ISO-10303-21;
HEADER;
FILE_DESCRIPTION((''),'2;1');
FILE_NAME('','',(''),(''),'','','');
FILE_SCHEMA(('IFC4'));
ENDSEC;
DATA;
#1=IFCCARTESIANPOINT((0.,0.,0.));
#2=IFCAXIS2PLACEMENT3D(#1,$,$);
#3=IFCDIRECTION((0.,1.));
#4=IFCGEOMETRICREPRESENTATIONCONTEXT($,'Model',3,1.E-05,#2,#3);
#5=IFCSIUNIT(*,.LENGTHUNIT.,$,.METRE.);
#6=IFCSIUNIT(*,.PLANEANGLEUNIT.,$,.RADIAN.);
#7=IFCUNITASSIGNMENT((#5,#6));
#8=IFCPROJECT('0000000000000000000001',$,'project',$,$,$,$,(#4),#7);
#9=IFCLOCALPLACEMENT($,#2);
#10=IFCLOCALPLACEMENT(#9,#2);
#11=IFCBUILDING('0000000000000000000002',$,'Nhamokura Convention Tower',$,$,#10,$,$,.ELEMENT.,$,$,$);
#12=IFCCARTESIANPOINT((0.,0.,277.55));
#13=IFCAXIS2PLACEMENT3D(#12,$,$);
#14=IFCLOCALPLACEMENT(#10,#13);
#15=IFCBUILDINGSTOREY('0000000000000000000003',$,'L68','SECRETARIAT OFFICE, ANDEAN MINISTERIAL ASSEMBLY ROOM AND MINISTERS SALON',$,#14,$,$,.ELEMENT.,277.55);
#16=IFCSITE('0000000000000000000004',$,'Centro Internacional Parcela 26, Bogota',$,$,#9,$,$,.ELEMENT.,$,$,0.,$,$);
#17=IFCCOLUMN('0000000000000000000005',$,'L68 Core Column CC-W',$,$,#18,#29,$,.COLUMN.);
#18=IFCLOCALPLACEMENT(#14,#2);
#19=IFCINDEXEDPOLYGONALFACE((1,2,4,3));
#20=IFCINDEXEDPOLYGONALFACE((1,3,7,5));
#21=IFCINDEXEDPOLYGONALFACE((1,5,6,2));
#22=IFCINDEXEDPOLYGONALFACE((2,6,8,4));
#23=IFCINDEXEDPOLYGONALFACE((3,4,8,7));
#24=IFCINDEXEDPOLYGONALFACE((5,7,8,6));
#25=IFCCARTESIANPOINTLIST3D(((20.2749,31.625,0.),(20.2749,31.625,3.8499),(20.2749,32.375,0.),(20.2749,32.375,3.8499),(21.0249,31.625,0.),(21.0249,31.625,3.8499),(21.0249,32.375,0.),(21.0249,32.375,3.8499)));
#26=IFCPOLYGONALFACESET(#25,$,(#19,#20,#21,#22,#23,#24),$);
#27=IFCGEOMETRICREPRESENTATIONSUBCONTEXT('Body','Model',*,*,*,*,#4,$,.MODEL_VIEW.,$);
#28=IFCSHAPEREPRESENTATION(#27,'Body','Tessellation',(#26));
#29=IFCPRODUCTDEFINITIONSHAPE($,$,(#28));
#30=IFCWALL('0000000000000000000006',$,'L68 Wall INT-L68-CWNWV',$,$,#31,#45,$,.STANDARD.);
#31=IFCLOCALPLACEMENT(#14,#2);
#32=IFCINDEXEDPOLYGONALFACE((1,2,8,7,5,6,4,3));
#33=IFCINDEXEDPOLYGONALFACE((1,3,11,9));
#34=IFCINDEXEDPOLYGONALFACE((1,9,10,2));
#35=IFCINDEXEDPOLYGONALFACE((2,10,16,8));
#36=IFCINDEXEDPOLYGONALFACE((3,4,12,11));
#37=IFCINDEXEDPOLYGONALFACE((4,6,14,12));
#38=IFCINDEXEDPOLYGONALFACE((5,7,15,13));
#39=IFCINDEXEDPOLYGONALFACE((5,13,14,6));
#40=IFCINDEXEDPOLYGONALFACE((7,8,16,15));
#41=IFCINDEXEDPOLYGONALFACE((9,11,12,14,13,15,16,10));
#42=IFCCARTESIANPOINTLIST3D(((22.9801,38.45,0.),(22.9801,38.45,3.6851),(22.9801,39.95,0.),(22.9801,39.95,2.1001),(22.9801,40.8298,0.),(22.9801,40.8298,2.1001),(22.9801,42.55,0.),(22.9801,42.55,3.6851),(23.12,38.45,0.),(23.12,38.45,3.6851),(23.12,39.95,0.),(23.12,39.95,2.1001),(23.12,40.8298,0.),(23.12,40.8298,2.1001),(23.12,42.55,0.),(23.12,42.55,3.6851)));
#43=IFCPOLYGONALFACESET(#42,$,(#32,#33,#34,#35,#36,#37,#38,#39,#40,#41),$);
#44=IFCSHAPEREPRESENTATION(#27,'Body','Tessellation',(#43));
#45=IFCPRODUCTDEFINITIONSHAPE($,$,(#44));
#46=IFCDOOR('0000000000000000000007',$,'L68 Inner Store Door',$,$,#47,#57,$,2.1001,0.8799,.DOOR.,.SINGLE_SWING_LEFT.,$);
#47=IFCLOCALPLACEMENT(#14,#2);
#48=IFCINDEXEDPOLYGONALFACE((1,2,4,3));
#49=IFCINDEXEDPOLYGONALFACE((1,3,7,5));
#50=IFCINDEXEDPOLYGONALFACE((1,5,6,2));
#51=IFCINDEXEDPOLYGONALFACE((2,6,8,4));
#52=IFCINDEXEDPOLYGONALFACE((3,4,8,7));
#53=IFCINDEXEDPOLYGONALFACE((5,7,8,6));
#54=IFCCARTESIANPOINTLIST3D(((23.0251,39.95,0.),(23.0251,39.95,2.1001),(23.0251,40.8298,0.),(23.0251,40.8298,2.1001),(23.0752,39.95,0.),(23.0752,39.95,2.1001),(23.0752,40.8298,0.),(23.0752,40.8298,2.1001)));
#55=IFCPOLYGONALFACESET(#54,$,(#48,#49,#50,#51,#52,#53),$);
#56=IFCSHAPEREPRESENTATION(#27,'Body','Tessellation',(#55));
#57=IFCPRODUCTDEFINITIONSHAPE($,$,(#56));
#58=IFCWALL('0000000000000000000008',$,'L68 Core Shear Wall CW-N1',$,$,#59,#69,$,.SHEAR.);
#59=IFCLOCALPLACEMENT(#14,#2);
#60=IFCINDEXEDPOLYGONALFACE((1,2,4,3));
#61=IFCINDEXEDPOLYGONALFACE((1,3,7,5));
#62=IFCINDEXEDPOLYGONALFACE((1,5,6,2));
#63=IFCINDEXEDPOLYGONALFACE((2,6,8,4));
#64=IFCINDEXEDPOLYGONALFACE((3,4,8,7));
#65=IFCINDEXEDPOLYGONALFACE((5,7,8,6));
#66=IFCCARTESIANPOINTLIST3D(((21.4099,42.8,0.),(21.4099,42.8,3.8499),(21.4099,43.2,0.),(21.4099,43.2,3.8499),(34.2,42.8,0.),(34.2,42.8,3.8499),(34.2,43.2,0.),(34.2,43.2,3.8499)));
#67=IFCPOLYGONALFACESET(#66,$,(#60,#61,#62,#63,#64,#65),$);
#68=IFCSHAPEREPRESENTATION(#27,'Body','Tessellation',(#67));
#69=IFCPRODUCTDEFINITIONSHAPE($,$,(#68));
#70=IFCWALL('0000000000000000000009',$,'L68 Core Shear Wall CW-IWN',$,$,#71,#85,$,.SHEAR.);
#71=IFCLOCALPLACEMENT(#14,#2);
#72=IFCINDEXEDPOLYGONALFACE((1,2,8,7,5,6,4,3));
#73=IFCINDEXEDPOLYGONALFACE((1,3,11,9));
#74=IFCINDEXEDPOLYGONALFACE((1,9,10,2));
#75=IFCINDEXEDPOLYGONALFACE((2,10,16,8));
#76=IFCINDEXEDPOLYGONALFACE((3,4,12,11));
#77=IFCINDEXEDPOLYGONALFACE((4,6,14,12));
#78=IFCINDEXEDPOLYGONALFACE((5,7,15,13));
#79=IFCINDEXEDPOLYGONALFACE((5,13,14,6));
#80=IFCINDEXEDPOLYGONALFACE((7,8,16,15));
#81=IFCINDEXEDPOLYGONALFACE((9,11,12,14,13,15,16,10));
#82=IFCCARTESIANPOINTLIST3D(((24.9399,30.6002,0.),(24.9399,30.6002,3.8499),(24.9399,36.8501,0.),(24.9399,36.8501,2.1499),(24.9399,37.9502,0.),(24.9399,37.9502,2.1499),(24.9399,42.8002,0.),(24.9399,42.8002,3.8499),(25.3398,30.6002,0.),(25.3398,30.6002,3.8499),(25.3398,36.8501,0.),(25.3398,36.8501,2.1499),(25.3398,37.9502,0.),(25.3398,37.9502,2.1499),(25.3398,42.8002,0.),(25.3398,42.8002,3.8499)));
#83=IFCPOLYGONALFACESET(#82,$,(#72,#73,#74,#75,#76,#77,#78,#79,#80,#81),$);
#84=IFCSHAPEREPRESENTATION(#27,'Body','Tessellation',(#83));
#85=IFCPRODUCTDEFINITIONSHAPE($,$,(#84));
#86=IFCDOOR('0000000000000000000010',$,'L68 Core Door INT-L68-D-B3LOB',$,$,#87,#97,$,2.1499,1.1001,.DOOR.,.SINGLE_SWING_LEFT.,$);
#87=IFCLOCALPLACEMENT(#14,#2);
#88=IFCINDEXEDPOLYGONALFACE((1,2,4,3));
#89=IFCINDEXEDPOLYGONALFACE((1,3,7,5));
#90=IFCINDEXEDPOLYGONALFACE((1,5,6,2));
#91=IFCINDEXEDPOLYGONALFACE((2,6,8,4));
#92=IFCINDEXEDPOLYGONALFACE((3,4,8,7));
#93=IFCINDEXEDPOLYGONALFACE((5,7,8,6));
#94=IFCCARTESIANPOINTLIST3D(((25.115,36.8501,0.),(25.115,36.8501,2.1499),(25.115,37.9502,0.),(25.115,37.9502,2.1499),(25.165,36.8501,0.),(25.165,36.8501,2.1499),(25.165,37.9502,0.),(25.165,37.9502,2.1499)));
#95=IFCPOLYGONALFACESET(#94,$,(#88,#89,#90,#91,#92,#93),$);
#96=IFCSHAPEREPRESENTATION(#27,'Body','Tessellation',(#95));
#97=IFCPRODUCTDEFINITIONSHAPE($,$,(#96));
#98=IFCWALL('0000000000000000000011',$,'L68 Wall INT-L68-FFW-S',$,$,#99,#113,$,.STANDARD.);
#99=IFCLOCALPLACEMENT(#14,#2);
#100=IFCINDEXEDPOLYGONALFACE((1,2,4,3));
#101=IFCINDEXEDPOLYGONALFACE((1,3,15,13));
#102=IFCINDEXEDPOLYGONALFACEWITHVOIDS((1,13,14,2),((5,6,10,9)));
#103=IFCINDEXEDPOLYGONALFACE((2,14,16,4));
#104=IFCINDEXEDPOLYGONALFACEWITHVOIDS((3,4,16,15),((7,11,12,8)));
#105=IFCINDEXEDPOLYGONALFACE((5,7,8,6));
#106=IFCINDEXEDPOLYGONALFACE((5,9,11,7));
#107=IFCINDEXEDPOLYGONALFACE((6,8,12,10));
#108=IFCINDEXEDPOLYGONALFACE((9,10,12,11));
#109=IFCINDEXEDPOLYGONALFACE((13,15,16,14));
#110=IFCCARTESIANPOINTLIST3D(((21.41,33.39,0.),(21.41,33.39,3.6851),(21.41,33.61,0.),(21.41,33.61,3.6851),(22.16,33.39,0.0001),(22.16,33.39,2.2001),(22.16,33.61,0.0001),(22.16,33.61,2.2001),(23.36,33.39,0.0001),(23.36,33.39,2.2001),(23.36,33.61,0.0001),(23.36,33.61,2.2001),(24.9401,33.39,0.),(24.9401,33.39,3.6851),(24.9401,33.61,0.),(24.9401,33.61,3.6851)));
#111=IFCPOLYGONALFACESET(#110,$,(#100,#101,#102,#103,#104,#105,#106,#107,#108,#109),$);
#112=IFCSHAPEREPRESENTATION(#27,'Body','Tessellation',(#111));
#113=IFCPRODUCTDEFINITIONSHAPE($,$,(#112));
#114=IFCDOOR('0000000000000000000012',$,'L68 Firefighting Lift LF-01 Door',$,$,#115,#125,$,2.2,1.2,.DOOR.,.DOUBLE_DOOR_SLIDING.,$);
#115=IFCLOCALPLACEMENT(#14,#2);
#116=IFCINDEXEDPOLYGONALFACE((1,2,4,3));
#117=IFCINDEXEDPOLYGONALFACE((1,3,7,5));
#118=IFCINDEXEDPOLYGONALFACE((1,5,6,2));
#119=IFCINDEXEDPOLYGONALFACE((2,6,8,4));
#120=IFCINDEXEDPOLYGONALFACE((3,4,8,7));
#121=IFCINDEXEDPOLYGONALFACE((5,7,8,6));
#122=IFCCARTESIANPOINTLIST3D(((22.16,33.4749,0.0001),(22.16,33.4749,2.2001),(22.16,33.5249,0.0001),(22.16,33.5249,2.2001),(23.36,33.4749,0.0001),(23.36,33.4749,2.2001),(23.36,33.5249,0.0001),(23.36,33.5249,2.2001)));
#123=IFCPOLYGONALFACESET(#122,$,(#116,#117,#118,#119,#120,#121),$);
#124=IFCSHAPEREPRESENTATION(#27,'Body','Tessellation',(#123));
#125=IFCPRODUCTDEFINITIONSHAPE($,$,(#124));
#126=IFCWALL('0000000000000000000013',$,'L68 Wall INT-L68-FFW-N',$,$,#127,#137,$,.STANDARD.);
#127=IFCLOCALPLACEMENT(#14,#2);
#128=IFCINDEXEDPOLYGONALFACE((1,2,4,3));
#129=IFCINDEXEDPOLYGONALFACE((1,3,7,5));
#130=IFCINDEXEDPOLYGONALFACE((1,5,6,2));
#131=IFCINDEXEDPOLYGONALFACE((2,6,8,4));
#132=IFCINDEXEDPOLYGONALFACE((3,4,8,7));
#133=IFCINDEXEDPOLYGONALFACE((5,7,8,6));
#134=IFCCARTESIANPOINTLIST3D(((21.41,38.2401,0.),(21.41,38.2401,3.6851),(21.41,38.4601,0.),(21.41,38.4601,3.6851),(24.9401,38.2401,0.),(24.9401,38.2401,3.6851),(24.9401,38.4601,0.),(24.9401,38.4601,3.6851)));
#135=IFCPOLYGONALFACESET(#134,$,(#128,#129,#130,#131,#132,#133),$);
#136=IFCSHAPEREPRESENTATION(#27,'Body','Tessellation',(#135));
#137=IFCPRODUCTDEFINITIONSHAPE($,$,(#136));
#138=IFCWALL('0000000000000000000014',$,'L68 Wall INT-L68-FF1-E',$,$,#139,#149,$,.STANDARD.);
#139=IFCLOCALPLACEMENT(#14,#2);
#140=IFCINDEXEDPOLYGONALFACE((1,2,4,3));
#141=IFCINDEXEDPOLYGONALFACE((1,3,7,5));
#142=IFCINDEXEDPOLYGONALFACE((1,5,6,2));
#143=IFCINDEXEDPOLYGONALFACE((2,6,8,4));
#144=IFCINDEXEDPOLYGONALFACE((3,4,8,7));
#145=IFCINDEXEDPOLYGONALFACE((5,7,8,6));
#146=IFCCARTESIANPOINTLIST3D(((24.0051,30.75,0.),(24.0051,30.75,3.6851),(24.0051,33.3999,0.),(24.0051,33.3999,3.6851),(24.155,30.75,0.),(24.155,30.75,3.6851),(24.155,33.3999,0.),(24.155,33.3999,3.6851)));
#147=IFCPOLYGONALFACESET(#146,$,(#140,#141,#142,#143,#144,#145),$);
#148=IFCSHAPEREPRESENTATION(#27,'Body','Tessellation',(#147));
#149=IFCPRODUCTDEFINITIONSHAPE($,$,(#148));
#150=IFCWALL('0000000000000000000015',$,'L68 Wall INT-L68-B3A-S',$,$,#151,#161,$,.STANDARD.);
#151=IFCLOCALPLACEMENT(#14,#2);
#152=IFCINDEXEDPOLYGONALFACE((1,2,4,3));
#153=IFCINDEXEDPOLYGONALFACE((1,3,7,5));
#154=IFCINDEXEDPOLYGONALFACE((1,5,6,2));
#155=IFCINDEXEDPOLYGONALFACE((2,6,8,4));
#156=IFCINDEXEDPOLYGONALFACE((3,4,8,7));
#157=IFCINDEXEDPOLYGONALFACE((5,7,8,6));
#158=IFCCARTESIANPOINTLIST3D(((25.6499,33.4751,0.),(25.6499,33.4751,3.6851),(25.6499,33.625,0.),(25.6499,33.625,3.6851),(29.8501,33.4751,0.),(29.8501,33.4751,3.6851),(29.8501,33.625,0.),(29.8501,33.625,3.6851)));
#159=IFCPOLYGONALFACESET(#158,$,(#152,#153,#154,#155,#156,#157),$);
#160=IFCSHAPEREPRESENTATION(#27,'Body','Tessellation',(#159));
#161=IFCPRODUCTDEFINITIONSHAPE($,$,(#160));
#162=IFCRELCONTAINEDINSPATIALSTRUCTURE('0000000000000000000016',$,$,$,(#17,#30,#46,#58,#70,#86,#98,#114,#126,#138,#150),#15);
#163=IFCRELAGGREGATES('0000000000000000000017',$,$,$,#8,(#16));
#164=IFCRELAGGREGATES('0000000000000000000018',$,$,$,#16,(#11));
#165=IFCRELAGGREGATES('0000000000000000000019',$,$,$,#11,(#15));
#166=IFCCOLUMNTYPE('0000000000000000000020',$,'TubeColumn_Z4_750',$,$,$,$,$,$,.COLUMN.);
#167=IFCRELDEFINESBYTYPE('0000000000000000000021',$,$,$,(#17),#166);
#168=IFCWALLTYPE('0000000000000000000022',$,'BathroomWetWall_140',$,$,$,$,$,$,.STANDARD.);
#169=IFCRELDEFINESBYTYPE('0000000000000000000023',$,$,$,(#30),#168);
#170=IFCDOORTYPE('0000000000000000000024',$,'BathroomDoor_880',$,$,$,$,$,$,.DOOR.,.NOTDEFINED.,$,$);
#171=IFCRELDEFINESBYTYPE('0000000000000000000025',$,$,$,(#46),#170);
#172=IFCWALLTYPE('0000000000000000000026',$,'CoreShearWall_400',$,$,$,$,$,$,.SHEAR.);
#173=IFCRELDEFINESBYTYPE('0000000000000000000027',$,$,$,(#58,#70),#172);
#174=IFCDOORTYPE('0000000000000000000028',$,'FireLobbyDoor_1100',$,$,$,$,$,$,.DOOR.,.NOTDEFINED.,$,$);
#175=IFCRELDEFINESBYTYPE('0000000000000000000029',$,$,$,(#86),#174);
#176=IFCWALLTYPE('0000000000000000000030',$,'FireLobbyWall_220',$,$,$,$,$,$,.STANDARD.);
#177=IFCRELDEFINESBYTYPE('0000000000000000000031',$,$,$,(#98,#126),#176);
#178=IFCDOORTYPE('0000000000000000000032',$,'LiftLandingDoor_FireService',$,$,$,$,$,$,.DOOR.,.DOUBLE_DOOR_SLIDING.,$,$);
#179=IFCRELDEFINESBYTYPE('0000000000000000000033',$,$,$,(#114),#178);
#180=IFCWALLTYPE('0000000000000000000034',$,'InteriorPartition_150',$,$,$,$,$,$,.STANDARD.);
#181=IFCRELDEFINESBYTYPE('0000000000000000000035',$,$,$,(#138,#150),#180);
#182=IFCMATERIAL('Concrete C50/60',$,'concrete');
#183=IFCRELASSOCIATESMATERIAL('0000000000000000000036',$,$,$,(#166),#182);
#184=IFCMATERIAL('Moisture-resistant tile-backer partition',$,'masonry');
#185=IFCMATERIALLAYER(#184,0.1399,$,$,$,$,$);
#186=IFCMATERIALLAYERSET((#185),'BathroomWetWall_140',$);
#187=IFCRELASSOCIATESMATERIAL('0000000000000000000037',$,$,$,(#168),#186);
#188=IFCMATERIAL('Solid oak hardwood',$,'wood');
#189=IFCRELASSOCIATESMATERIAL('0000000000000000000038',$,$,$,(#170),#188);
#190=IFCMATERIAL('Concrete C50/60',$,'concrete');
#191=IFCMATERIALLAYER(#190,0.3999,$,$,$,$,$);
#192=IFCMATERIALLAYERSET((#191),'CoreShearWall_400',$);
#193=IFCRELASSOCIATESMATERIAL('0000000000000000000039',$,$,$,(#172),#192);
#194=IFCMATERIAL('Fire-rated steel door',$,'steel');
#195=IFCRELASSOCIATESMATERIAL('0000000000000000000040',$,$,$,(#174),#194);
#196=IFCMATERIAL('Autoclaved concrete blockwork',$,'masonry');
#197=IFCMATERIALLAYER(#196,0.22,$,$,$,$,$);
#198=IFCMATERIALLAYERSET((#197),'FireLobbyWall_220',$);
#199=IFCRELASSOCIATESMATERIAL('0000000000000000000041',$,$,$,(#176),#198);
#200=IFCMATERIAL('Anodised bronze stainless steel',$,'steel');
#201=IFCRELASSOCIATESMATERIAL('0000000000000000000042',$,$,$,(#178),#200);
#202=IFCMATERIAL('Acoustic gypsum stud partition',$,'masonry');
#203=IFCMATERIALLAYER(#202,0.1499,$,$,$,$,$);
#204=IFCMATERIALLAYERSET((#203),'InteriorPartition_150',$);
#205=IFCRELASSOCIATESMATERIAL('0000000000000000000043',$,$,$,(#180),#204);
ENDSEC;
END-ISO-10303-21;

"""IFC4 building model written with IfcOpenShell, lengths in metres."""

from ifc_helpers import new_model, si_unit, direction, frame, frame_2d, origin, origin_2d, place, context, subcontext, project, spatial, rectangle, extrude, material, layer, layer_set, material_profile, profile_set, type_object, element, fill, save


model = new_model("IFC4")

# Units and contexts
model_context = context("Model", 3, precision=1e-05, world=origin(), true_north=direction((0.0, 1.0)))
body_context = subcontext(model_context, "Body", "Model", "MODEL_VIEW")
ifc_project = project(units=[si_unit("LENGTHUNIT", "METRE"), si_unit("PLANEANGLEUNIT", "RADIAN")], contexts=[model_context])

# Site, building, storey
site_placement = place(None, origin())
site = spatial("IfcSite", under=ifc_project, at=site_placement, Name="Centro Internacional Parcela 26, Bogota", CompositionType="ELEMENT", RefElevation=0.0)
building_placement = place(site_placement, origin())
building = spatial("IfcBuilding", under=site, at=building_placement, Name="Nhamokura Convention Tower", CompositionType="ELEMENT")
storey_placement = place(building_placement, frame((0.0, 0.0, 277.55)))
storey = spatial("IfcBuildingStorey", under=building, at=storey_placement, Name="L68", Description="SECRETARIAT OFFICE, ANDEAN MINISTERIAL ASSEMBLY ROOM AND MINISTERS SALON", CompositionType="ELEMENT", Elevation=277.55)

# Column
ifc_material_1 = material(Name="Concrete C50/60", Category="concrete")
ifc_material_profile = material_profile(ifc_material_1, rectangle(XDim=0.75, YDim=0.75, at=origin_2d()))
ifc_profile_set = profile_set([ifc_material_profile], Name="Concrete C50/60")
column_type = type_object("IfcColumnType", Name="TubeColumn_Z4_750", PredefinedType="COLUMN", material=ifc_profile_set)
column_placement = place(storey_placement, frame((20.6499, 32.0, 0.0), z_axis=(0.0, 0.0, 1.0), x_axis=(1.0, 0.0, 0.0)))
element("IfcColumn", 1, at=column_placement, inside=storey, type_object=column_type, Name="L68 Core Column CC-W", PredefinedType="COLUMN", context=body_context, shape_type="SweptSolid", body=[
    extrude(rectangle(XDim=0.75, YDim=0.75, at=origin_2d()), origin(), (0.0, 0.0, 1.0), 3.8499),
])

# Wall, opening, door
ifc_material_2 = material(Name="Moisture-resistant tile-backer partition", Category="masonry")
ifc_layer_1 = layer(ifc_material_2, 0.1399)
ifc_layer_set_1 = layer_set([ifc_layer_1], Name="BathroomWetWall_140")
wall_type_1 = type_object("IfcWallType", Name="BathroomWetWall_140", PredefinedType="STANDARD", material=ifc_layer_set_1)
wall_1_placement = place(storey_placement, frame((23.05, 38.45, 0.0), z_axis=(0.0, 0.0, 1.0), x_axis=(0.0, 1.0, 0.0)))
wall_1 = element("IfcWall", 2, at=wall_1_placement, inside=storey, type_object=wall_type_1, Name="L68 Wall INT-L68-CWNWV", PredefinedType="STANDARD", context=body_context, shape_type="SweptSolid", body=[
    extrude(rectangle(XDim=4.1001, YDim=0.1399, at=frame_2d((2.05, 0.0))), origin(), (0.0, 0.0, 1.0), 3.6851),
])
opening_1_placement = place(wall_1_placement, frame((1.5, 0.0, 0.0)))
opening_1 = element("IfcOpeningElement", 3, at=opening_1_placement, cuts=wall_1, PredefinedType="OPENING", context=body_context, shape_type="SweptSolid", body=[
    extrude(rectangle(XDim=0.8799, YDim=2.1001, at=frame_2d((0.4399, 1.05))), frame((0.0, 0.0798, 0.0), z_axis=(0.0, -1.0, 0.0), x_axis=(1.0, 0.0, 0.0)), (0.0, 0.0, 1.0), 0.1599),
])
ifc_material_3 = material(Name="Solid oak hardwood", Category="wood")
door_type_1 = type_object("IfcDoorType", Name="BathroomDoor_880", OperationType="NOTDEFINED", PredefinedType="DOOR", material=ifc_material_3)
door_1_placement = place(opening_1_placement, origin())
door_1 = element("IfcDoor", 4, at=door_1_placement, inside=storey, type_object=door_type_1, Name="L68 Inner Store Door", OperationType="SINGLE_SWING_LEFT", OverallHeight=2.1001, OverallWidth=0.8799, PredefinedType="DOOR", context=body_context, shape_type="SweptSolid", body=[
    extrude(rectangle(XDim=0.8799, YDim=2.1001, at=frame_2d((0.4399, 1.05))), frame((0.0, 0.0249, 0.0), z_axis=(0.0, -1.0, 0.0), x_axis=(1.0, 0.0, 0.0)), (0.0, 0.0, 1.0), 0.05),
])
fill(opening_1, door_1)

# Wall
ifc_material_4 = material(Name="Concrete C50/60", Category="concrete")
ifc_layer_2 = layer(ifc_material_4, 0.3999)
ifc_layer_set_2 = layer_set([ifc_layer_2], Name="CoreShearWall_400")
wall_type_2 = type_object("IfcWallType", Name="CoreShearWall_400", PredefinedType="SHEAR", material=ifc_layer_set_2)
wall_2_placement = place(storey_placement, frame((21.4099, 43.0, 0.0), z_axis=(0.0, 0.0, 1.0), x_axis=(1.0, 0.0, 0.0)))
element("IfcWall", 5, at=wall_2_placement, inside=storey, type_object=wall_type_2, Name="L68 Core Shear Wall CW-N1", PredefinedType="SHEAR", context=body_context, shape_type="SweptSolid", body=[
    extrude(rectangle(XDim=12.79, YDim=0.3999, at=frame_2d((6.395, 0.0))), origin(), (0.0, 0.0, 1.0), 3.8499),
])

# Walls, openings, doors
wall_3_placement = place(storey_placement, frame((25.1399, 30.6001, 0.0), z_axis=(0.0, 0.0, 1.0), x_axis=(0.0, 1.0, 0.0)))
wall_3 = element("IfcWall", 6, at=wall_3_placement, inside=storey, type_object=wall_type_2, Name="L68 Core Shear Wall CW-IWN", PredefinedType="SHEAR", context=body_context, shape_type="SweptSolid", body=[
    extrude(rectangle(XDim=12.2, YDim=0.3999, at=frame_2d((6.1001, 0.0))), origin(), (0.0, 0.0, 1.0), 3.8499),
])
opening_2_placement = place(wall_3_placement, frame((6.25, 0.0, 0.0)))
opening_2 = element("IfcOpeningElement", 7, at=opening_2_placement, cuts=wall_3, PredefinedType="OPENING", context=body_context, shape_type="SweptSolid", body=[
    extrude(rectangle(XDim=1.1001, YDim=2.1499, at=frame_2d((0.55, 1.075))), frame((0.0, 0.21, 0.0), z_axis=(0.0, -1.0, 0.0), x_axis=(1.0, 0.0, 0.0)), (0.0, 0.0, 1.0), 0.4199),
])
ifc_material_5 = material(Name="Fire-rated steel door", Category="steel")
door_type_2 = type_object("IfcDoorType", Name="FireLobbyDoor_1100", OperationType="NOTDEFINED", PredefinedType="DOOR", material=ifc_material_5)
door_2_placement = place(opening_2_placement, origin())
door_2 = element("IfcDoor", 8, at=door_2_placement, inside=storey, type_object=door_type_2, Name="L68 Core Door INT-L68-D-B3LOB", OperationType="SINGLE_SWING_LEFT", OverallHeight=2.1499, OverallWidth=1.1001, PredefinedType="DOOR", context=body_context, shape_type="SweptSolid", body=[
    extrude(rectangle(XDim=1.1001, YDim=2.1499, at=frame_2d((0.55, 1.075))), frame((0.0, 0.0249, 0.0), z_axis=(0.0, -1.0, 0.0), x_axis=(1.0, 0.0, 0.0)), (0.0, 0.0, 1.0), 0.05),
])
fill(opening_2, door_2)
ifc_material_6 = material(Name="Autoclaved concrete blockwork", Category="masonry")
ifc_layer_3 = layer(ifc_material_6, 0.22)
ifc_layer_set_3 = layer_set([ifc_layer_3], Name="FireLobbyWall_220")
wall_type_3 = type_object("IfcWallType", Name="FireLobbyWall_220", PredefinedType="STANDARD", material=ifc_layer_set_3)
wall_4_placement = place(storey_placement, frame((21.4099, 33.5, 0.0), z_axis=(0.0, 0.0, 1.0), x_axis=(1.0, 0.0, 0.0)))
wall_4 = element("IfcWall", 9, at=wall_4_placement, inside=storey, type_object=wall_type_3, Name="L68 Wall INT-L68-FFW-S", PredefinedType="STANDARD", context=body_context, shape_type="SweptSolid", body=[
    extrude(rectangle(XDim=3.53, YDim=0.22, at=frame_2d((1.7651, 0.0))), origin(), (0.0, 0.0, 1.0), 3.6851),
])
opening_3_placement = place(wall_4_placement, frame((0.75, 0.0, 0.0)))
opening_3 = element("IfcOpeningElement", 10, at=opening_3_placement, cuts=wall_4, PredefinedType="OPENING", context=body_context, shape_type="SweptSolid", body=[
    extrude(rectangle(XDim=1.2, YDim=2.2, at=frame_2d((0.6001, 1.1001))), frame((0.0, 0.1199, 0.0), z_axis=(0.0, -1.0, 0.0), x_axis=(1.0, 0.0, 0.0)), (0.0, 0.0, 1.0), 0.24),
])
ifc_material_7 = material(Name="Anodised bronze stainless steel", Category="steel")
door_type_3 = type_object("IfcDoorType", Name="LiftLandingDoor_FireService", OperationType="DOUBLE_DOOR_SLIDING", PredefinedType="DOOR", material=ifc_material_7)
door_3_placement = place(opening_3_placement, origin())
door_3 = element("IfcDoor", 11, at=door_3_placement, inside=storey, type_object=door_type_3, Name="L68 Firefighting Lift LF-01 Door", OperationType="DOUBLE_DOOR_SLIDING", OverallHeight=2.2, OverallWidth=1.2, PredefinedType="DOOR", context=body_context, shape_type="SweptSolid", body=[
    extrude(rectangle(XDim=1.2, YDim=2.2, at=frame_2d((0.6001, 1.1001))), frame((0.0, 0.0249, 0.0), z_axis=(0.0, -1.0, 0.0), x_axis=(1.0, 0.0, 0.0)), (0.0, 0.0, 1.0), 0.05),
])
fill(opening_3, door_3)

# Wall
wall_5_placement = place(storey_placement, frame((21.4099, 38.3501, 0.0), z_axis=(0.0, 0.0, 1.0), x_axis=(1.0, 0.0, 0.0)))
element("IfcWall", 12, at=wall_5_placement, inside=storey, type_object=wall_type_3, Name="L68 Wall INT-L68-FFW-N", PredefinedType="STANDARD", context=body_context, shape_type="SweptSolid", body=[
    extrude(rectangle(XDim=3.53, YDim=0.22, at=frame_2d((1.7651, 0.0))), origin(), (0.0, 0.0, 1.0), 3.6851),
])

# Walls
ifc_material_8 = material(Name="Acoustic gypsum stud partition", Category="masonry")
ifc_layer_4 = layer(ifc_material_8, 0.1499)
ifc_layer_set_4 = layer_set([ifc_layer_4], Name="InteriorPartition_150")
wall_type_4 = type_object("IfcWallType", Name="InteriorPartition_150", PredefinedType="STANDARD", material=ifc_layer_set_4)
wall_6_placement = place(storey_placement, frame((24.0801, 30.75, 0.0), z_axis=(0.0, 0.0, 1.0), x_axis=(0.0, 1.0, 0.0)))
element("IfcWall", 13, at=wall_6_placement, inside=storey, type_object=wall_type_4, Name="L68 Wall INT-L68-FF1-E", PredefinedType="STANDARD", context=body_context, shape_type="SweptSolid", body=[
    extrude(rectangle(XDim=2.6499, YDim=0.1499, at=frame_2d((1.325, 0.0))), origin(), (0.0, 0.0, 1.0), 3.6851),
])
wall_7_placement = place(storey_placement, frame((25.6499, 33.55, 0.0), z_axis=(0.0, 0.0, 1.0), x_axis=(1.0, 0.0, 0.0)))
element("IfcWall", 14, at=wall_7_placement, inside=storey, type_object=wall_type_4, Name="L68 Wall INT-L68-B3A-S", PredefinedType="STANDARD", context=body_context, shape_type="SweptSolid", body=[
    extrude(rectangle(XDim=4.2002, YDim=0.1499, at=frame_2d((2.1001, 0.0))), origin(), (0.0, 0.0, 1.0), 3.6851),
])

save(model, "model.ifc")
